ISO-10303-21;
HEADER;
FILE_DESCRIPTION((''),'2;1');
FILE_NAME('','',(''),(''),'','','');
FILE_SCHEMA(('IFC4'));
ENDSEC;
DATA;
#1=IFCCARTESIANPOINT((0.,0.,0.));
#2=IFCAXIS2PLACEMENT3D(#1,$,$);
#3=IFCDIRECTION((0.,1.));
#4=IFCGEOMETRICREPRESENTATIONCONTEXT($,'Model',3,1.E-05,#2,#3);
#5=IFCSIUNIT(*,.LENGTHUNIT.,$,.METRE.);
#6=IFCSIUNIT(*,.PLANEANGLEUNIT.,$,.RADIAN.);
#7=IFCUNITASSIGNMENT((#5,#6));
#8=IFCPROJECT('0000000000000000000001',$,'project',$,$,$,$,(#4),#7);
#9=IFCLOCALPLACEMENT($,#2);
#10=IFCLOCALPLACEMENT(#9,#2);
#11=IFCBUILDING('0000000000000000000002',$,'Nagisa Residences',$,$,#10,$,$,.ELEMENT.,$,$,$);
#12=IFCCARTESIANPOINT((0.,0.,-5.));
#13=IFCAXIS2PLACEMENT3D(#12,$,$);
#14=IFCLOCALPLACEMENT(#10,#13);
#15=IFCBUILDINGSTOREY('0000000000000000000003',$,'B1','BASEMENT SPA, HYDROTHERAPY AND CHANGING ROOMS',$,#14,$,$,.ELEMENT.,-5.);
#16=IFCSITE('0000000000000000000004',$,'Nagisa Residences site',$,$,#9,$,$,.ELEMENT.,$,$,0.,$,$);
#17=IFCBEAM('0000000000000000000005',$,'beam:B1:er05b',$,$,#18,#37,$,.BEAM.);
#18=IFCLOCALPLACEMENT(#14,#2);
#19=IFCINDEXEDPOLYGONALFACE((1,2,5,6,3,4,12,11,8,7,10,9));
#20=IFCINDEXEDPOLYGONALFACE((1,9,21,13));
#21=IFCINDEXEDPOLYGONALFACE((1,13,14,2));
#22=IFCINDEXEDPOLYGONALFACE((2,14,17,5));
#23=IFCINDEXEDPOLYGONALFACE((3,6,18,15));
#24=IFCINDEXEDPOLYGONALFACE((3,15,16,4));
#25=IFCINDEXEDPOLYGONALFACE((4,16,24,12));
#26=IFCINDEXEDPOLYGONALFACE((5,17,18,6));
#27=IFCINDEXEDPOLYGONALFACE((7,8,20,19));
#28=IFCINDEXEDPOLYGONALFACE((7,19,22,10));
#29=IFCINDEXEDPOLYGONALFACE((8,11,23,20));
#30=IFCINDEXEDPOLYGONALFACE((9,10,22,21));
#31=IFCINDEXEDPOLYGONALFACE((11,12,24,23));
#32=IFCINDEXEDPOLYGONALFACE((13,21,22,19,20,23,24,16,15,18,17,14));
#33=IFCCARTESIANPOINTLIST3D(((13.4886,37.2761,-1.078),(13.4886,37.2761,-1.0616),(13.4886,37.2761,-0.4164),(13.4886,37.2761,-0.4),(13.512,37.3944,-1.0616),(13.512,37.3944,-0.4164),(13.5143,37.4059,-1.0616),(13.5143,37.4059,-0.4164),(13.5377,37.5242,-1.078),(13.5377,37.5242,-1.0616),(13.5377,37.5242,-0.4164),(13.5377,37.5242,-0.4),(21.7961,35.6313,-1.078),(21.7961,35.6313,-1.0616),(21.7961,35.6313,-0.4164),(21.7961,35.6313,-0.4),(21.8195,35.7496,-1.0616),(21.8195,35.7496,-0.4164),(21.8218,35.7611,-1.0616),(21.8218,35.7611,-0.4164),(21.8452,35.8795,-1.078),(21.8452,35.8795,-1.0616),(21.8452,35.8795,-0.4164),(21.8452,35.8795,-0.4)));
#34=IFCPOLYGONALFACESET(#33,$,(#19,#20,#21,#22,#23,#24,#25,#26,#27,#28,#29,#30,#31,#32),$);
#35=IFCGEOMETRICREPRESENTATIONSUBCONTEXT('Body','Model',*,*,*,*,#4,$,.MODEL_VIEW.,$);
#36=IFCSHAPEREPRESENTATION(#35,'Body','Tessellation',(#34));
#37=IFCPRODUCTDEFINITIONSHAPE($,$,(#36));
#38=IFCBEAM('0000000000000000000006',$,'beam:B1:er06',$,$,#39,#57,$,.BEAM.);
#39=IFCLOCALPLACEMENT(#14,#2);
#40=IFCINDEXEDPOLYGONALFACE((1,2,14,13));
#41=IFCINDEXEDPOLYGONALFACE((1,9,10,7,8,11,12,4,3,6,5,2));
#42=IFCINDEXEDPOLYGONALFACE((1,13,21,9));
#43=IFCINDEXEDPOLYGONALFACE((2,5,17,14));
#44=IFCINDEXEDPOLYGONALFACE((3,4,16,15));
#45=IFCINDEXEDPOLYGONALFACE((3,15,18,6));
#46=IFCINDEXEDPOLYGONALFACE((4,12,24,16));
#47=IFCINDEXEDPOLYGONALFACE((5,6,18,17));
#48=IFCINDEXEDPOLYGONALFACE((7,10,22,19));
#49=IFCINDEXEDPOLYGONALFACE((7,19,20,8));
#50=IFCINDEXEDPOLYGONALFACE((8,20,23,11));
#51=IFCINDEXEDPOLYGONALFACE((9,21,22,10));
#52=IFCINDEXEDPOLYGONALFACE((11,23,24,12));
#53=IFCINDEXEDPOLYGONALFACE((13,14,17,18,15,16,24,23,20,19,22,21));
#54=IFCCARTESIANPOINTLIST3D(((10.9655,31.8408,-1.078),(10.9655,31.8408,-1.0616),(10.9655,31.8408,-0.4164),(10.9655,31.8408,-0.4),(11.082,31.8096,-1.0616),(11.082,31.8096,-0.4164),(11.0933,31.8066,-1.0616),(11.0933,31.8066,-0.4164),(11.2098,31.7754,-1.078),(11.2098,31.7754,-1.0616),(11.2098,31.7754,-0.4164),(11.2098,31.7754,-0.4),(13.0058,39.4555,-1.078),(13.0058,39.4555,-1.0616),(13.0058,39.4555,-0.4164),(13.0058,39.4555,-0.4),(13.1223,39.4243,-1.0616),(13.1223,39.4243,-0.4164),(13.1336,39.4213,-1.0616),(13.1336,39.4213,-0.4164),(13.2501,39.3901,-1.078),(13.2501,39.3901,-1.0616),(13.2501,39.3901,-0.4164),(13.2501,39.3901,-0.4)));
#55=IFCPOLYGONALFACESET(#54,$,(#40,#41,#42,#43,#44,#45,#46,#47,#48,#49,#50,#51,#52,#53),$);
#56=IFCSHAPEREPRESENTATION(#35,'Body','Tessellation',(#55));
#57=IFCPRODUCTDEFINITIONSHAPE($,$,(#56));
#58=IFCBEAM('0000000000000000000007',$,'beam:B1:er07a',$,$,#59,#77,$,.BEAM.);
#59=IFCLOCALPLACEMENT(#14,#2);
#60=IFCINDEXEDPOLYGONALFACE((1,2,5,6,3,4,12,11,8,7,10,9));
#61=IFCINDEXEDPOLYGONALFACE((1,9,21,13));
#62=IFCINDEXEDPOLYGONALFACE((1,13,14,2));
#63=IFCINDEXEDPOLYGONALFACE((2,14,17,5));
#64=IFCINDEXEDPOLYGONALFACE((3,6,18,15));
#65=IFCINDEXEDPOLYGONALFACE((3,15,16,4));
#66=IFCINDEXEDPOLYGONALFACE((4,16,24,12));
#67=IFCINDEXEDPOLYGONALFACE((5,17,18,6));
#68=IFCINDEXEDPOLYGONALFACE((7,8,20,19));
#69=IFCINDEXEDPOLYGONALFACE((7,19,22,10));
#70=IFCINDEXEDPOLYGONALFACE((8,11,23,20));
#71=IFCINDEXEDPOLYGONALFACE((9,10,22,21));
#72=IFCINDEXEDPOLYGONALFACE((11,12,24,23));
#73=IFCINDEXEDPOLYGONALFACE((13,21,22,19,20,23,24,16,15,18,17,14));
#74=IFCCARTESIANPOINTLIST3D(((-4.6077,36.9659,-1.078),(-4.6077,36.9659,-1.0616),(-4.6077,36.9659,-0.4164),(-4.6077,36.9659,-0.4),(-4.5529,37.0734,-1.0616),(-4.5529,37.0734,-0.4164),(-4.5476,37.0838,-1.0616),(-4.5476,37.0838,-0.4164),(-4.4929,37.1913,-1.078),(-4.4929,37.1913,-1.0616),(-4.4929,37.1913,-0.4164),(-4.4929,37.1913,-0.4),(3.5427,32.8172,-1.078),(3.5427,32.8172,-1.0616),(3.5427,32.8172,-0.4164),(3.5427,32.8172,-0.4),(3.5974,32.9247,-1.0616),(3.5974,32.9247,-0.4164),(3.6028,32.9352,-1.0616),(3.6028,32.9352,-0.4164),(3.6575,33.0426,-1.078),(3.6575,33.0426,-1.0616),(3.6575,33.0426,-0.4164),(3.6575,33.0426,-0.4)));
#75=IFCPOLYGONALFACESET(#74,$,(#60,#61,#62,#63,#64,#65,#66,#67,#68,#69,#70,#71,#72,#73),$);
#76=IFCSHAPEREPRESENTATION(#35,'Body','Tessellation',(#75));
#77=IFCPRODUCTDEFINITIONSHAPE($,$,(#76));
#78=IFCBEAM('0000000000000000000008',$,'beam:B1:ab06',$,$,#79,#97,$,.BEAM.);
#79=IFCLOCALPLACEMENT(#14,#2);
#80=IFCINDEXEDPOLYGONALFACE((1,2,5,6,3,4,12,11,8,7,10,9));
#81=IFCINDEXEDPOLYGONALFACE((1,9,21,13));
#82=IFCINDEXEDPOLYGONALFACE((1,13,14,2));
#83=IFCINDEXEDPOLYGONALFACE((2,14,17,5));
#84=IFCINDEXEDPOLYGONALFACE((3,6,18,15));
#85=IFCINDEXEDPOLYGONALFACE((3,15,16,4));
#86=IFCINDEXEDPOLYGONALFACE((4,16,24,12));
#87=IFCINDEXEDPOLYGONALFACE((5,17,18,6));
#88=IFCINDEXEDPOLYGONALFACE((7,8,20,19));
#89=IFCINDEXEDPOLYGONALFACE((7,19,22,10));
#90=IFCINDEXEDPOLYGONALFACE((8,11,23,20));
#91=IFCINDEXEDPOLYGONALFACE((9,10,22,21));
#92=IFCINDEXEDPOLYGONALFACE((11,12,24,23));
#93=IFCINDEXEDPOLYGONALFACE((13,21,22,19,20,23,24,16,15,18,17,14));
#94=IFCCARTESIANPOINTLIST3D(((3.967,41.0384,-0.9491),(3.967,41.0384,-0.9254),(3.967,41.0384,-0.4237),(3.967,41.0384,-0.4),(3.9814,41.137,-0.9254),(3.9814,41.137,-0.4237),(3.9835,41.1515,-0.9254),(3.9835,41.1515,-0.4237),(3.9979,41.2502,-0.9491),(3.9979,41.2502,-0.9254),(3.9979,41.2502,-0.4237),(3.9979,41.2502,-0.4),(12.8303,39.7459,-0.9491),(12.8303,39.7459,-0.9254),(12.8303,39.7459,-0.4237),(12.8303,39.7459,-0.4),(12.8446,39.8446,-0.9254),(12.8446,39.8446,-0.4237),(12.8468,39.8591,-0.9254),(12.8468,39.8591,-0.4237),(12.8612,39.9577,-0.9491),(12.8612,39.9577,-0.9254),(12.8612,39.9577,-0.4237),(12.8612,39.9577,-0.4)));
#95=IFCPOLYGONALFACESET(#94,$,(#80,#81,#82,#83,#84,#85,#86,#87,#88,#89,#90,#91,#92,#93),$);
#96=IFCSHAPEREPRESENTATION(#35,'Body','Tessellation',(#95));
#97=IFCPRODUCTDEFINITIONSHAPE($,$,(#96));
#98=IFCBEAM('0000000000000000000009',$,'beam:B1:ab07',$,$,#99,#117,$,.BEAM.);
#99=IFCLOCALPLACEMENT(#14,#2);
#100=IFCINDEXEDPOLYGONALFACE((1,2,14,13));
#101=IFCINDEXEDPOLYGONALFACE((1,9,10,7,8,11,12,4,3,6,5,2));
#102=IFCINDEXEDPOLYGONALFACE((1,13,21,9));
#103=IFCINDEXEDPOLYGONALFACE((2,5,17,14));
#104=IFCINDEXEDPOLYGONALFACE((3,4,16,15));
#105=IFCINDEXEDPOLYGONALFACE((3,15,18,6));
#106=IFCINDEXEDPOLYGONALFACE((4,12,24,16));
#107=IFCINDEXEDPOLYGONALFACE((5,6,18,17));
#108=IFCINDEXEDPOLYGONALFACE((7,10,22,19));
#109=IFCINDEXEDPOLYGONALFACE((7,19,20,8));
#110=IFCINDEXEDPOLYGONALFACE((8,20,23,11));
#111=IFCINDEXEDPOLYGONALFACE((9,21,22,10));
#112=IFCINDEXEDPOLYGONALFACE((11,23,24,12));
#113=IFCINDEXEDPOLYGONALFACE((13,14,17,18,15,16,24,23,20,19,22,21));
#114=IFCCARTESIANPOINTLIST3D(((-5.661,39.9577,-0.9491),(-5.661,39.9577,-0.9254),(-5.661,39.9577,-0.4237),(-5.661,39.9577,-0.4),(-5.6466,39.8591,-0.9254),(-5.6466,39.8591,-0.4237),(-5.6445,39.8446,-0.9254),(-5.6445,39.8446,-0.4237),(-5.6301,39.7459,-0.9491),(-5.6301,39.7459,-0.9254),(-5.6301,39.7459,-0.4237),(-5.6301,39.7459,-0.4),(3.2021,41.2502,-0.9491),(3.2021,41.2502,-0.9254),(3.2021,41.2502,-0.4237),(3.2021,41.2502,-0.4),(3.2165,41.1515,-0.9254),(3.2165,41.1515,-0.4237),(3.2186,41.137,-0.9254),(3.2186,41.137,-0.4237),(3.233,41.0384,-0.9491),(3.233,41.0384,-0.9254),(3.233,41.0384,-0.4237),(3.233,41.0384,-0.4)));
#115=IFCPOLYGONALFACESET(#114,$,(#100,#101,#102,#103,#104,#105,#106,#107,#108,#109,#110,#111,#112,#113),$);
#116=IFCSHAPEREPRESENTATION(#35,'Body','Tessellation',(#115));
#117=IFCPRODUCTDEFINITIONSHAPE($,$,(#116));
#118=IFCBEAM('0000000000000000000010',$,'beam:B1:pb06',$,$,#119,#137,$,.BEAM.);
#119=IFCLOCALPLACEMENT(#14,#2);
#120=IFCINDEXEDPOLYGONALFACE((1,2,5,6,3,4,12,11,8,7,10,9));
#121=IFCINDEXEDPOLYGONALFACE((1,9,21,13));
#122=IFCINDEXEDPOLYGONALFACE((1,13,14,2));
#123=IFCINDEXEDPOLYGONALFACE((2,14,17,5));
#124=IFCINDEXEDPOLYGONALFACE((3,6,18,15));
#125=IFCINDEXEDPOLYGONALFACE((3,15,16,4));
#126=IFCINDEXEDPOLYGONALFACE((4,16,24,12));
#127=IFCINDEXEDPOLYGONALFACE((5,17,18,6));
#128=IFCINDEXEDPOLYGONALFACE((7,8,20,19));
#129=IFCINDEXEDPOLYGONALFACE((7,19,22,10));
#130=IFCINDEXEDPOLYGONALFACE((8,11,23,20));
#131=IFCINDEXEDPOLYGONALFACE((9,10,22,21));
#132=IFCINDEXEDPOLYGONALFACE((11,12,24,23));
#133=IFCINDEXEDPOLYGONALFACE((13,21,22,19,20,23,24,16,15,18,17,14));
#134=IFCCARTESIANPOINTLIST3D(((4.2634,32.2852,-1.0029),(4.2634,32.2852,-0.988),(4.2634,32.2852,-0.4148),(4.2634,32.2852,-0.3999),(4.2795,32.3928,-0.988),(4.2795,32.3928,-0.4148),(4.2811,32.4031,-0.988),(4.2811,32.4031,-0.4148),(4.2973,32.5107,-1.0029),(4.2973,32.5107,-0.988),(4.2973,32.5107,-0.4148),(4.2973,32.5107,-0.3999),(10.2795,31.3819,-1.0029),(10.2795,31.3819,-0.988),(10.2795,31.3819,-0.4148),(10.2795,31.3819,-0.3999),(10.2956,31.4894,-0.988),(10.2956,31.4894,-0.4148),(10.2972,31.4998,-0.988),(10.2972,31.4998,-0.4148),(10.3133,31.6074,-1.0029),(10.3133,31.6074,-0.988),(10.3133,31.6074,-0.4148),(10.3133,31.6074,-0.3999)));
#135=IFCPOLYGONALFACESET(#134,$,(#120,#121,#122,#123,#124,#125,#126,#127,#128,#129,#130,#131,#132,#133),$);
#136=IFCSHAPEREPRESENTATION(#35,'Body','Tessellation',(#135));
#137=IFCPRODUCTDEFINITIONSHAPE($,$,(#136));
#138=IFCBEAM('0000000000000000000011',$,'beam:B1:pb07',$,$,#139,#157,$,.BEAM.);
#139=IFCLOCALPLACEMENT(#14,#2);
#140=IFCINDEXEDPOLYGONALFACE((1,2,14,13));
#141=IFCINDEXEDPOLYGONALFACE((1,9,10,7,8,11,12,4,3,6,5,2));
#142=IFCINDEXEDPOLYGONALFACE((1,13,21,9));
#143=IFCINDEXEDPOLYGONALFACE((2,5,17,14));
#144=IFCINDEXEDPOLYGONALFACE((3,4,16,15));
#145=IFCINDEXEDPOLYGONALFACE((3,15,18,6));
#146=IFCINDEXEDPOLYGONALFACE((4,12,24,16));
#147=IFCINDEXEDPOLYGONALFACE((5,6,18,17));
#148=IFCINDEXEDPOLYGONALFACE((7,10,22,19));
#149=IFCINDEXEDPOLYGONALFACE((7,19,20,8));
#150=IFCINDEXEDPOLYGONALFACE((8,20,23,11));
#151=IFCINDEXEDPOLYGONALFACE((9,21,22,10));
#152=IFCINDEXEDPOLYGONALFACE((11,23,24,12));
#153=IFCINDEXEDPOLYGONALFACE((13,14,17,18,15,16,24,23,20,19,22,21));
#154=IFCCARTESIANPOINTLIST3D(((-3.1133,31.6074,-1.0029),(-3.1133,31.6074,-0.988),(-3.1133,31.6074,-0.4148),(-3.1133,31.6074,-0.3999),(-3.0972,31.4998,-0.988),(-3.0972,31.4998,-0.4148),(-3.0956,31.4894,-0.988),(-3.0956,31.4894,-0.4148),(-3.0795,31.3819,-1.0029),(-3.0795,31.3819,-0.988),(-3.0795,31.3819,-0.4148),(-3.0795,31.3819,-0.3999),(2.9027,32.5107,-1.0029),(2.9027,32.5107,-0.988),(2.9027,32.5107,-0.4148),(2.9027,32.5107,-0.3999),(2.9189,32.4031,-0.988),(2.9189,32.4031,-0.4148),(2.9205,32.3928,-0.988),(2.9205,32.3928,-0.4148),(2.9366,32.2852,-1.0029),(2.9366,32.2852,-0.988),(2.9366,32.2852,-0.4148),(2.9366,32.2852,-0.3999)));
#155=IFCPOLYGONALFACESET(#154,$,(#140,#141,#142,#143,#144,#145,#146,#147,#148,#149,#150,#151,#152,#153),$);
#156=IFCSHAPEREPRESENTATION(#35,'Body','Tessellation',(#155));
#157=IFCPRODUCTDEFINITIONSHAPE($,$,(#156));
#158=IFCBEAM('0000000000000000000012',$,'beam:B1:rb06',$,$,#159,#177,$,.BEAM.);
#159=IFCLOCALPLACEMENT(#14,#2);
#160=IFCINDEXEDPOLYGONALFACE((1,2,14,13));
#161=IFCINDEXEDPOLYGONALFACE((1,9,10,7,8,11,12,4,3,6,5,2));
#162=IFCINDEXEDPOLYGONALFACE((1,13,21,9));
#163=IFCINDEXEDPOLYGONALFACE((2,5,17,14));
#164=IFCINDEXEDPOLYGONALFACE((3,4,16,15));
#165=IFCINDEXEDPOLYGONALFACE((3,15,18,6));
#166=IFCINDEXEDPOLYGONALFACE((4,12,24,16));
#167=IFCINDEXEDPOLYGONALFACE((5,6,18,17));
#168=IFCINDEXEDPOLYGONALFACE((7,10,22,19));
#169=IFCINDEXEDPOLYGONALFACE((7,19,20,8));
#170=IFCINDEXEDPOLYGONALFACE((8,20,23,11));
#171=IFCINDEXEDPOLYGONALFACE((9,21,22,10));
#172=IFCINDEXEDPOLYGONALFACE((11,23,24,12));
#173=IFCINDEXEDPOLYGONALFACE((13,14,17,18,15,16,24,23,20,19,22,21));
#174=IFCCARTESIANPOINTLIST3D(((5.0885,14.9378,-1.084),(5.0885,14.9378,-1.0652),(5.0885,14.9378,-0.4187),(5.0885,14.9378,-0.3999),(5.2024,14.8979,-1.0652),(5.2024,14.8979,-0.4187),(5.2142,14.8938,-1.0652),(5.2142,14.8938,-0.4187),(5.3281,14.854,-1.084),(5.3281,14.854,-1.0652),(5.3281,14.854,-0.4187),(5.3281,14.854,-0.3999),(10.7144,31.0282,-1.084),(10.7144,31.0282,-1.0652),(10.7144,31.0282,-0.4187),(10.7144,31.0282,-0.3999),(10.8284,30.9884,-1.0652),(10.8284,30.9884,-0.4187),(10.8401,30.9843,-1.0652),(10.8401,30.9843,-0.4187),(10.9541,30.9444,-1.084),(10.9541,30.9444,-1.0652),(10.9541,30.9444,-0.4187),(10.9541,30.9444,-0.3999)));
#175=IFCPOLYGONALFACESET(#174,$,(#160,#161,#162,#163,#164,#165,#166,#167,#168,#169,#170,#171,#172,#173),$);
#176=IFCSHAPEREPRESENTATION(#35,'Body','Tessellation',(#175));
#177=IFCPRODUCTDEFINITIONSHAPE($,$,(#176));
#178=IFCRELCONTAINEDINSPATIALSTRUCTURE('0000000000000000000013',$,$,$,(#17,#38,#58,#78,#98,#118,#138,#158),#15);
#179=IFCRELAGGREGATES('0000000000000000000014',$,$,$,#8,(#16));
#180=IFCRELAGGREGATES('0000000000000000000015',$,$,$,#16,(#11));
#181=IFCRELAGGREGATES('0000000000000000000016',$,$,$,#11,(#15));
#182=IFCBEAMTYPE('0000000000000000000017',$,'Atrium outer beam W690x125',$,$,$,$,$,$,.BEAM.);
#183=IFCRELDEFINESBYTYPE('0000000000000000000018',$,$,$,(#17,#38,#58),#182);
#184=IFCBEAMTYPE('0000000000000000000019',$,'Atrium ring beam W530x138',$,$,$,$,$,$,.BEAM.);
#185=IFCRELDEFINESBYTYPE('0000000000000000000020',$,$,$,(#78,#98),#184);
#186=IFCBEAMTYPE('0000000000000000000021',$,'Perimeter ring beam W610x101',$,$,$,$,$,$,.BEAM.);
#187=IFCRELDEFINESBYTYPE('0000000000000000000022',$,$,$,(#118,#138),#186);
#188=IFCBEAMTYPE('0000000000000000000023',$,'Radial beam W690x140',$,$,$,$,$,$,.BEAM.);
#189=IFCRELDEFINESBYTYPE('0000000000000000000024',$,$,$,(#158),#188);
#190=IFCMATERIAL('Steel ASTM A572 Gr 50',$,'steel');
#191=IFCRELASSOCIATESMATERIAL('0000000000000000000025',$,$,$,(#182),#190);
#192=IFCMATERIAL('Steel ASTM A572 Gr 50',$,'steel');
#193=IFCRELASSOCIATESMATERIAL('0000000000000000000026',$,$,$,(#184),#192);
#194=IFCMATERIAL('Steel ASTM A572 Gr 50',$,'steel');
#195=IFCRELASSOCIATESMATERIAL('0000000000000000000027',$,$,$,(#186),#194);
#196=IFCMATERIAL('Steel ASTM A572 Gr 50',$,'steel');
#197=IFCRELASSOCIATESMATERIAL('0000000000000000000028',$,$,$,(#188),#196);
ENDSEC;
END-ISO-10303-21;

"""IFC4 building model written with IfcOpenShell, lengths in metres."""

from ifc_helpers import new_model, si_unit, direction, frame, origin, origin_2d, place, context, subcontext, project, spatial, i_section, extrude, material, material_profile, profile_set, type_object, element, save


model = new_model("IFC4")

# Units and contexts
model_context = context("Model", 3, precision=1e-05, world=origin(), true_north=direction((0.0, 1.0)))
body_context = subcontext(model_context, "Body", "Model", "MODEL_VIEW")
ifc_project = project(units=[si_unit("LENGTHUNIT", "METRE"), si_unit("PLANEANGLEUNIT", "RADIAN")], contexts=[model_context])

# Site, building, storey
site_placement = place(None, origin())
site = spatial("IfcSite", under=ifc_project, at=site_placement, Name="Nagisa Residences site", CompositionType="ELEMENT", RefElevation=0.0)
building_placement = place(site_placement, origin())
building = spatial("IfcBuilding", under=site, at=building_placement, Name="Nagisa Residences", CompositionType="ELEMENT")
storey_placement = place(building_placement, frame((0.0, 0.0, -5.0)))
storey = spatial("IfcBuildingStorey", under=building, at=storey_placement, Name="B1", Description="BASEMENT SPA, HYDROTHERAPY AND CHANGING ROOMS", CompositionType="ELEMENT", Elevation=-5.0)

# Beams
ifc_material_1 = material(Name="Steel ASTM A572 Gr 50", Category="steel")
ifc_material_profile_1 = material_profile(ifc_material_1, i_section(OverallWidth=0.2529, OverallDepth=0.678, WebThickness=0.0117, FlangeThickness=0.0164, at=origin_2d()), Name="W690x125")
ifc_profile_set_1 = profile_set([ifc_material_profile_1], Name="Steel ASTM A572 Gr 50")
beam_type_1 = type_object("IfcBeamType", Name="Atrium outer beam W690x125", PredefinedType="BEAM", material=ifc_profile_set_1)
beam_1_placement = place(storey_placement, frame((13.5132, 37.4001, -0.739), z_axis=(0.980959, -0.194214, 0.0), x_axis=(0.194214, 0.980959, 0.0)))
element("IfcBeam", 1, at=beam_1_placement, inside=storey, type_object=beam_type_1, Name="beam:B1:er05b", PredefinedType="BEAM", context=body_context, shape_type="SweptSolid", body=[
    extrude(i_section(OverallWidth=0.2529, OverallDepth=0.678, WebThickness=0.0117, FlangeThickness=0.0164, at=origin_2d()), origin(), (0.0, 0.0, 1.0), 8.4688),
])
beam_2_placement = place(storey_placement, frame((11.0876, 31.8081, -0.739), z_axis=(0.258809, 0.965928, 0.0), x_axis=(-0.965928, 0.258809, 0.0)))
element("IfcBeam", 2, at=beam_2_placement, inside=storey, type_object=beam_type_1, Name="beam:B1:er06", PredefinedType="BEAM", context=body_context, shape_type="SweptSolid", body=[
    extrude(i_section(OverallWidth=0.2529, OverallDepth=0.678, WebThickness=0.0117, FlangeThickness=0.0164, at=origin_2d()), origin(), (0.0, 0.0, 1.0), 7.8833),
])
beam_3_placement = place(storey_placement, frame((3.6001, 32.9299, -0.739), z_axis=(-0.89119, 0.45363, 0.0), x_axis=(-0.45363, -0.89119, 0.0)))
element("IfcBeam", 3, at=beam_3_placement, inside=storey, type_object=beam_type_1, Name="beam:B1:er07a", PredefinedType="BEAM", context=body_context, shape_type="SweptSolid", body=[
    extrude(i_section(OverallWidth=0.2529, OverallDepth=0.678, WebThickness=0.0117, FlangeThickness=0.0164, at=origin_2d()), origin(), (0.0, 0.0, 1.0), 9.1455),
])
ifc_material_2 = material(Name="Steel ASTM A572 Gr 50", Category="steel")
ifc_material_profile_2 = material_profile(ifc_material_2, i_section(OverallWidth=0.2141, OverallDepth=0.5491, WebThickness=0.0146, FlangeThickness=0.0237, at=origin_2d()), Name="W530x138")
ifc_profile_set_2 = profile_set([ifc_material_profile_2], Name="Steel ASTM A572 Gr 50")
beam_type_2 = type_object("IfcBeamType", Name="Atrium ring beam W530x138", PredefinedType="BEAM", material=ifc_profile_set_2)
beam_4_placement = place(storey_placement, frame((12.8457, 39.8518, -0.6746), z_axis=(-0.989534, 0.144298, 0.0), x_axis=(-0.144298, -0.989534, 0.0)))
element("IfcBeam", 4, at=beam_4_placement, inside=storey, type_object=beam_type_2, Name="beam:B1:ab06", PredefinedType="BEAM", context=body_context, shape_type="SweptSolid", body=[
    extrude(i_section(OverallWidth=0.2141, OverallDepth=0.5491, WebThickness=0.0146, FlangeThickness=0.0237, at=origin_2d()), origin(), (0.0, 0.0, 1.0), 8.957),
])
beam_5_placement = place(storey_placement, frame((3.2175, 41.1443, -0.6746), z_axis=(-0.989534, -0.144302, 0.0), x_axis=(0.144302, -0.989534, 0.0)))
element("IfcBeam", 5, at=beam_5_placement, inside=storey, type_object=beam_type_2, Name="beam:B1:ab07", PredefinedType="BEAM", context=body_context, shape_type="SweptSolid", body=[
    extrude(i_section(OverallWidth=0.2141, OverallDepth=0.5491, WebThickness=0.0146, FlangeThickness=0.0237, at=origin_2d()), origin(), (0.0, 0.0, 1.0), 8.9568),
])
ifc_material_3 = material(Name="Steel ASTM A572 Gr 50", Category="steel")
ifc_material_profile_3 = material_profile(ifc_material_3, i_section(OverallWidth=0.228, OverallDepth=0.603, WebThickness=0.0105, FlangeThickness=0.0149, at=origin_2d()), Name="W610x101")
ifc_profile_set_3 = profile_set([ifc_material_profile_3], Name="Steel ASTM A572 Gr 50")
beam_type_3 = type_object("IfcBeamType", Name="Perimeter ring beam W610x101", PredefinedType="BEAM", material=ifc_profile_set_3)
for number, where, z_axis, x_axis, name in (
    (6, (10.2964, 31.4946, -0.7014), (-0.988915, 0.148486, 0.0), (-0.148486, -0.988915, 0.0), "beam:B1:pb06"),
    (7, (2.9197, 32.3979, -0.7014), (-0.988915, -0.148486, 0.0), (0.148486, -0.988915, 0.0), "beam:B1:pb07"),
):
    element("IfcBeam", number, at=place(storey_placement, frame(where, z_axis=z_axis, x_axis=x_axis)), inside=storey, type_object=beam_type_3, Name=name, PredefinedType="BEAM", context=body_context, shape_type="SweptSolid", body=[
        extrude(i_section(OverallWidth=0.228, OverallDepth=0.603, WebThickness=0.0105, FlangeThickness=0.0149, at=origin_2d()), origin(), (0.0, 0.0, 1.0), 6.0835),
    ])
ifc_material_4 = material(Name="Steel ASTM A572 Gr 50", Category="steel")
ifc_material_profile_4 = material_profile(ifc_material_4, i_section(OverallWidth=0.2539, OverallDepth=0.6841, WebThickness=0.0125, FlangeThickness=0.0188, at=origin_2d()), Name="W690x140")
ifc_profile_set_4 = profile_set([ifc_material_profile_4], Name="Steel ASTM A572 Gr 50")
beam_type_4 = type_object("IfcBeamType", Name="Radial beam W690x140", PredefinedType="BEAM", material=ifc_profile_set_4)
beam_6_placement = place(storey_placement, frame((10.8342, 30.9863, -0.7419), z_axis=(-0.330051, -0.943963, 0.0), x_axis=(0.943963, -0.330051, 0.0)))
element("IfcBeam", 8, at=beam_6_placement, inside=storey, type_object=beam_type_4, Name="beam:B1:rb06", PredefinedType="BEAM", context=body_context, shape_type="SweptSolid", body=[
    extrude(i_section(OverallWidth=0.2539, OverallDepth=0.6841, WebThickness=0.0125, FlangeThickness=0.0188, at=origin_2d()), origin(), (0.0, 0.0, 1.0), 17.0457),
])

save(model, "model.ifc")
